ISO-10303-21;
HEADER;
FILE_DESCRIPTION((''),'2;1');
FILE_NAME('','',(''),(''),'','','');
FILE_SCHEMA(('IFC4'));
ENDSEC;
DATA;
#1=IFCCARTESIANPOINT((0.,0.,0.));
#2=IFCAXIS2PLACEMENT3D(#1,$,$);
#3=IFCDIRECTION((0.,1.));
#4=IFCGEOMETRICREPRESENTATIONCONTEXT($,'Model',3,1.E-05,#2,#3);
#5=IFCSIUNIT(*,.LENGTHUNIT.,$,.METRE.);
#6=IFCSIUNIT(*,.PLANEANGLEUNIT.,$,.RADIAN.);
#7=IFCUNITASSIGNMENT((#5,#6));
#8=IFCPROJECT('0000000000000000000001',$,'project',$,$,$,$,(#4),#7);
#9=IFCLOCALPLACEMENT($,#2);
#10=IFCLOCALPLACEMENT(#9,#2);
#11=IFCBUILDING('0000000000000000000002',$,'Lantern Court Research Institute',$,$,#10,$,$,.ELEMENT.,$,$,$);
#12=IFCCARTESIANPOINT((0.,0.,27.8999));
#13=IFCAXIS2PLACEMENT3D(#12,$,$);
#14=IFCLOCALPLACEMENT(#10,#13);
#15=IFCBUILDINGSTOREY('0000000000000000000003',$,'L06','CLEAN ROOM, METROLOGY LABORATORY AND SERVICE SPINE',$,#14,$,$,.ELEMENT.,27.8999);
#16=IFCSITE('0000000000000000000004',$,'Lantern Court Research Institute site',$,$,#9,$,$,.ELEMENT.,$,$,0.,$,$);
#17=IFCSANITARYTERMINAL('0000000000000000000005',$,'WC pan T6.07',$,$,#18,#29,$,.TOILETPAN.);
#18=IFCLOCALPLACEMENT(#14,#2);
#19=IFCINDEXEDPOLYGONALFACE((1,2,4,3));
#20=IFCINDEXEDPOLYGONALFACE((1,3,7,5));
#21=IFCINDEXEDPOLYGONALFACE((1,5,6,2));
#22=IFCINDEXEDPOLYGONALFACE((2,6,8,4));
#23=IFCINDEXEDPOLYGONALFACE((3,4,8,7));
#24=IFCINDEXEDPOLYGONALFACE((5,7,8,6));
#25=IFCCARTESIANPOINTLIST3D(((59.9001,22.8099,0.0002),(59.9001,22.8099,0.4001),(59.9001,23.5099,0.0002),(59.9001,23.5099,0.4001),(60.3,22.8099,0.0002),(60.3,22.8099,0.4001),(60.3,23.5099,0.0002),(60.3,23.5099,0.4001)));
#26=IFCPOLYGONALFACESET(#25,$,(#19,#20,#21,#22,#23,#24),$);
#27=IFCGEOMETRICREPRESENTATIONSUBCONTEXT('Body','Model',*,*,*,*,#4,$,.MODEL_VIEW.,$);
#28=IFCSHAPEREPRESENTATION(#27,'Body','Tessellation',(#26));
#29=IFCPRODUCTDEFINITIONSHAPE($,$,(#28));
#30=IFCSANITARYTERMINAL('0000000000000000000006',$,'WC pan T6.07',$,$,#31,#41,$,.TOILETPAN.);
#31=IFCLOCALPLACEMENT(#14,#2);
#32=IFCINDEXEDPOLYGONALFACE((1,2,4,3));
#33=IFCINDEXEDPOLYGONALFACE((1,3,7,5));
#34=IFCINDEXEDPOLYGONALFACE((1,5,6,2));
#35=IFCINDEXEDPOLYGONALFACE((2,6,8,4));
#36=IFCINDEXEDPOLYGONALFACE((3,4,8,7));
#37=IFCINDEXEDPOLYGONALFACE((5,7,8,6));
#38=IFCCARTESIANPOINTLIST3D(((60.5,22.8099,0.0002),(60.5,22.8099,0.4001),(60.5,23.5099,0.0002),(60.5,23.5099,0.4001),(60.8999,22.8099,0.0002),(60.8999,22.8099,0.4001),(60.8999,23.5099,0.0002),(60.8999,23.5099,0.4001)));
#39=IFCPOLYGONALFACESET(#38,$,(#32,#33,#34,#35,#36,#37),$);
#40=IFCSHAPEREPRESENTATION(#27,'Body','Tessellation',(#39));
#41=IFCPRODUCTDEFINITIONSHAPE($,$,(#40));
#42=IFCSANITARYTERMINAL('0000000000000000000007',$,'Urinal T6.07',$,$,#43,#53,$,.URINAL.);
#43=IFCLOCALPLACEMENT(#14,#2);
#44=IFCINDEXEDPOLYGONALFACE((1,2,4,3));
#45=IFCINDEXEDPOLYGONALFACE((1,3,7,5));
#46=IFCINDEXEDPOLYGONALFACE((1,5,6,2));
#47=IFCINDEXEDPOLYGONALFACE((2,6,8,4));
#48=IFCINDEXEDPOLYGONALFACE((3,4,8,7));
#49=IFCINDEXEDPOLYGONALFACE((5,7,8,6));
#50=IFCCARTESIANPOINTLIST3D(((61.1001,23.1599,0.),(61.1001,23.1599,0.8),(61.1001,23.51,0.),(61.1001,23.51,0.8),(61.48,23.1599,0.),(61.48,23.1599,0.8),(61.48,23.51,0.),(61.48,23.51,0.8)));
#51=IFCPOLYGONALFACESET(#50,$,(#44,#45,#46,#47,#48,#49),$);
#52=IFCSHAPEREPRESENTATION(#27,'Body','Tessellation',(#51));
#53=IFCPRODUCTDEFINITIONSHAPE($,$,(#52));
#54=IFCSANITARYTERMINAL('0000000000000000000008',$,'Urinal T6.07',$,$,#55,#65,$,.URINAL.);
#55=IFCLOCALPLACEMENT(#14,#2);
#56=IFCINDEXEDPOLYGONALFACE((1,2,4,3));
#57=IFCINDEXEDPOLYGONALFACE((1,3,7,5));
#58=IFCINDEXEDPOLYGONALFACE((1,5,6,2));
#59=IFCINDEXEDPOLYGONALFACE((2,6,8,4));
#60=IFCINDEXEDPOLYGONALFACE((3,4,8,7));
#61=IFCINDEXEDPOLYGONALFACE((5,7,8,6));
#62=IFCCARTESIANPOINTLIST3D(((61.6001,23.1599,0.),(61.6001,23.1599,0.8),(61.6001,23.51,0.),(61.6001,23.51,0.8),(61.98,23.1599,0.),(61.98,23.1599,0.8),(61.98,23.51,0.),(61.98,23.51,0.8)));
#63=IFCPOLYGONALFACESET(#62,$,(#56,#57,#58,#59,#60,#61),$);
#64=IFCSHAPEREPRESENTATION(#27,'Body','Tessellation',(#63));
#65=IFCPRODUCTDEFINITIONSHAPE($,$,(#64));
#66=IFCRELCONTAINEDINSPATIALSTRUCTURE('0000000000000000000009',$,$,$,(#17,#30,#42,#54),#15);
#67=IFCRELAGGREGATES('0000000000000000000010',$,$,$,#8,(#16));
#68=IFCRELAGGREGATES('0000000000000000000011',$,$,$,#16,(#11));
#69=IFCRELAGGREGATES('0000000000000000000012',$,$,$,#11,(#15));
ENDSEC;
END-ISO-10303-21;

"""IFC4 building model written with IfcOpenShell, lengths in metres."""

from ifc_helpers import new_model, si_unit, direction, frame, origin, origin_2d, place, context, subcontext, project, spatial, rectangle, extrude, element, save


model = new_model("IFC4")

# Units and contexts
model_context = context("Model", 3, precision=1e-05, world=origin(), true_north=direction((0.0, 1.0)))
body_context = subcontext(model_context, "Body", "Model", "MODEL_VIEW")
ifc_project = project(units=[si_unit("LENGTHUNIT", "METRE"), si_unit("PLANEANGLEUNIT", "RADIAN")], contexts=[model_context])

# Site, building, storey
site_placement = place(None, origin())
site = spatial("IfcSite", under=ifc_project, at=site_placement, Name="Lantern Court Research Institute site", CompositionType="ELEMENT", RefElevation=0.0)
building_placement = place(site_placement, origin())
building = spatial("IfcBuilding", under=site, at=building_placement, Name="Lantern Court Research Institute", CompositionType="ELEMENT")
storey_placement = place(building_placement, frame((0.0, 0.0, 27.8999)))
storey = spatial("IfcBuildingStorey", under=building, at=storey_placement, Name="L06", Description="CLEAN ROOM, METROLOGY LABORATORY AND SERVICE SPINE", CompositionType="ELEMENT", Elevation=27.8999)

# Sanitary terminals
for number, where, z_axis, x_axis, name in (
    (1, (60.1001, 23.1599, 0.0002), (0.0, 0.0, 1.0), (1.0, 0.0, 0.0), "WC pan T6.07"),
    (2, (60.7, 23.1599, 0.0002), (0.0, 0.0, 1.0), (1.0, 0.0, 0.0), "WC pan T6.07"),
):
    element("IfcSanitaryTerminal", number, at=place(storey_placement, frame(where, z_axis=z_axis, x_axis=x_axis)), inside=storey, Name=name, PredefinedType="TOILETPAN", context=body_context, shape_type="SweptSolid", body=[
        extrude(rectangle(XDim=0.3999, YDim=0.7, at=origin_2d()), origin(), (0.0, 0.0, 1.0), 0.3999),
    ])
for number, where, z_axis, x_axis, name in (
    (3, (61.29, 23.335, 0.0), (0.0, 0.0, 1.0), (1.0, 0.0, 0.0), "Urinal T6.07"),
    (4, (61.79, 23.335, 0.0), (0.0, 0.0, 1.0), (1.0, 0.0, 0.0), "Urinal T6.07"),
):
    element("IfcSanitaryTerminal", number, at=place(storey_placement, frame(where, z_axis=z_axis, x_axis=x_axis)), inside=storey, Name=name, PredefinedType="URINAL", context=body_context, shape_type="SweptSolid", body=[
        extrude(rectangle(XDim=0.3799, YDim=0.3501, at=origin_2d()), origin(), (0.0, 0.0, 1.0), 0.8),
    ])

save(model, "model.ifc")
